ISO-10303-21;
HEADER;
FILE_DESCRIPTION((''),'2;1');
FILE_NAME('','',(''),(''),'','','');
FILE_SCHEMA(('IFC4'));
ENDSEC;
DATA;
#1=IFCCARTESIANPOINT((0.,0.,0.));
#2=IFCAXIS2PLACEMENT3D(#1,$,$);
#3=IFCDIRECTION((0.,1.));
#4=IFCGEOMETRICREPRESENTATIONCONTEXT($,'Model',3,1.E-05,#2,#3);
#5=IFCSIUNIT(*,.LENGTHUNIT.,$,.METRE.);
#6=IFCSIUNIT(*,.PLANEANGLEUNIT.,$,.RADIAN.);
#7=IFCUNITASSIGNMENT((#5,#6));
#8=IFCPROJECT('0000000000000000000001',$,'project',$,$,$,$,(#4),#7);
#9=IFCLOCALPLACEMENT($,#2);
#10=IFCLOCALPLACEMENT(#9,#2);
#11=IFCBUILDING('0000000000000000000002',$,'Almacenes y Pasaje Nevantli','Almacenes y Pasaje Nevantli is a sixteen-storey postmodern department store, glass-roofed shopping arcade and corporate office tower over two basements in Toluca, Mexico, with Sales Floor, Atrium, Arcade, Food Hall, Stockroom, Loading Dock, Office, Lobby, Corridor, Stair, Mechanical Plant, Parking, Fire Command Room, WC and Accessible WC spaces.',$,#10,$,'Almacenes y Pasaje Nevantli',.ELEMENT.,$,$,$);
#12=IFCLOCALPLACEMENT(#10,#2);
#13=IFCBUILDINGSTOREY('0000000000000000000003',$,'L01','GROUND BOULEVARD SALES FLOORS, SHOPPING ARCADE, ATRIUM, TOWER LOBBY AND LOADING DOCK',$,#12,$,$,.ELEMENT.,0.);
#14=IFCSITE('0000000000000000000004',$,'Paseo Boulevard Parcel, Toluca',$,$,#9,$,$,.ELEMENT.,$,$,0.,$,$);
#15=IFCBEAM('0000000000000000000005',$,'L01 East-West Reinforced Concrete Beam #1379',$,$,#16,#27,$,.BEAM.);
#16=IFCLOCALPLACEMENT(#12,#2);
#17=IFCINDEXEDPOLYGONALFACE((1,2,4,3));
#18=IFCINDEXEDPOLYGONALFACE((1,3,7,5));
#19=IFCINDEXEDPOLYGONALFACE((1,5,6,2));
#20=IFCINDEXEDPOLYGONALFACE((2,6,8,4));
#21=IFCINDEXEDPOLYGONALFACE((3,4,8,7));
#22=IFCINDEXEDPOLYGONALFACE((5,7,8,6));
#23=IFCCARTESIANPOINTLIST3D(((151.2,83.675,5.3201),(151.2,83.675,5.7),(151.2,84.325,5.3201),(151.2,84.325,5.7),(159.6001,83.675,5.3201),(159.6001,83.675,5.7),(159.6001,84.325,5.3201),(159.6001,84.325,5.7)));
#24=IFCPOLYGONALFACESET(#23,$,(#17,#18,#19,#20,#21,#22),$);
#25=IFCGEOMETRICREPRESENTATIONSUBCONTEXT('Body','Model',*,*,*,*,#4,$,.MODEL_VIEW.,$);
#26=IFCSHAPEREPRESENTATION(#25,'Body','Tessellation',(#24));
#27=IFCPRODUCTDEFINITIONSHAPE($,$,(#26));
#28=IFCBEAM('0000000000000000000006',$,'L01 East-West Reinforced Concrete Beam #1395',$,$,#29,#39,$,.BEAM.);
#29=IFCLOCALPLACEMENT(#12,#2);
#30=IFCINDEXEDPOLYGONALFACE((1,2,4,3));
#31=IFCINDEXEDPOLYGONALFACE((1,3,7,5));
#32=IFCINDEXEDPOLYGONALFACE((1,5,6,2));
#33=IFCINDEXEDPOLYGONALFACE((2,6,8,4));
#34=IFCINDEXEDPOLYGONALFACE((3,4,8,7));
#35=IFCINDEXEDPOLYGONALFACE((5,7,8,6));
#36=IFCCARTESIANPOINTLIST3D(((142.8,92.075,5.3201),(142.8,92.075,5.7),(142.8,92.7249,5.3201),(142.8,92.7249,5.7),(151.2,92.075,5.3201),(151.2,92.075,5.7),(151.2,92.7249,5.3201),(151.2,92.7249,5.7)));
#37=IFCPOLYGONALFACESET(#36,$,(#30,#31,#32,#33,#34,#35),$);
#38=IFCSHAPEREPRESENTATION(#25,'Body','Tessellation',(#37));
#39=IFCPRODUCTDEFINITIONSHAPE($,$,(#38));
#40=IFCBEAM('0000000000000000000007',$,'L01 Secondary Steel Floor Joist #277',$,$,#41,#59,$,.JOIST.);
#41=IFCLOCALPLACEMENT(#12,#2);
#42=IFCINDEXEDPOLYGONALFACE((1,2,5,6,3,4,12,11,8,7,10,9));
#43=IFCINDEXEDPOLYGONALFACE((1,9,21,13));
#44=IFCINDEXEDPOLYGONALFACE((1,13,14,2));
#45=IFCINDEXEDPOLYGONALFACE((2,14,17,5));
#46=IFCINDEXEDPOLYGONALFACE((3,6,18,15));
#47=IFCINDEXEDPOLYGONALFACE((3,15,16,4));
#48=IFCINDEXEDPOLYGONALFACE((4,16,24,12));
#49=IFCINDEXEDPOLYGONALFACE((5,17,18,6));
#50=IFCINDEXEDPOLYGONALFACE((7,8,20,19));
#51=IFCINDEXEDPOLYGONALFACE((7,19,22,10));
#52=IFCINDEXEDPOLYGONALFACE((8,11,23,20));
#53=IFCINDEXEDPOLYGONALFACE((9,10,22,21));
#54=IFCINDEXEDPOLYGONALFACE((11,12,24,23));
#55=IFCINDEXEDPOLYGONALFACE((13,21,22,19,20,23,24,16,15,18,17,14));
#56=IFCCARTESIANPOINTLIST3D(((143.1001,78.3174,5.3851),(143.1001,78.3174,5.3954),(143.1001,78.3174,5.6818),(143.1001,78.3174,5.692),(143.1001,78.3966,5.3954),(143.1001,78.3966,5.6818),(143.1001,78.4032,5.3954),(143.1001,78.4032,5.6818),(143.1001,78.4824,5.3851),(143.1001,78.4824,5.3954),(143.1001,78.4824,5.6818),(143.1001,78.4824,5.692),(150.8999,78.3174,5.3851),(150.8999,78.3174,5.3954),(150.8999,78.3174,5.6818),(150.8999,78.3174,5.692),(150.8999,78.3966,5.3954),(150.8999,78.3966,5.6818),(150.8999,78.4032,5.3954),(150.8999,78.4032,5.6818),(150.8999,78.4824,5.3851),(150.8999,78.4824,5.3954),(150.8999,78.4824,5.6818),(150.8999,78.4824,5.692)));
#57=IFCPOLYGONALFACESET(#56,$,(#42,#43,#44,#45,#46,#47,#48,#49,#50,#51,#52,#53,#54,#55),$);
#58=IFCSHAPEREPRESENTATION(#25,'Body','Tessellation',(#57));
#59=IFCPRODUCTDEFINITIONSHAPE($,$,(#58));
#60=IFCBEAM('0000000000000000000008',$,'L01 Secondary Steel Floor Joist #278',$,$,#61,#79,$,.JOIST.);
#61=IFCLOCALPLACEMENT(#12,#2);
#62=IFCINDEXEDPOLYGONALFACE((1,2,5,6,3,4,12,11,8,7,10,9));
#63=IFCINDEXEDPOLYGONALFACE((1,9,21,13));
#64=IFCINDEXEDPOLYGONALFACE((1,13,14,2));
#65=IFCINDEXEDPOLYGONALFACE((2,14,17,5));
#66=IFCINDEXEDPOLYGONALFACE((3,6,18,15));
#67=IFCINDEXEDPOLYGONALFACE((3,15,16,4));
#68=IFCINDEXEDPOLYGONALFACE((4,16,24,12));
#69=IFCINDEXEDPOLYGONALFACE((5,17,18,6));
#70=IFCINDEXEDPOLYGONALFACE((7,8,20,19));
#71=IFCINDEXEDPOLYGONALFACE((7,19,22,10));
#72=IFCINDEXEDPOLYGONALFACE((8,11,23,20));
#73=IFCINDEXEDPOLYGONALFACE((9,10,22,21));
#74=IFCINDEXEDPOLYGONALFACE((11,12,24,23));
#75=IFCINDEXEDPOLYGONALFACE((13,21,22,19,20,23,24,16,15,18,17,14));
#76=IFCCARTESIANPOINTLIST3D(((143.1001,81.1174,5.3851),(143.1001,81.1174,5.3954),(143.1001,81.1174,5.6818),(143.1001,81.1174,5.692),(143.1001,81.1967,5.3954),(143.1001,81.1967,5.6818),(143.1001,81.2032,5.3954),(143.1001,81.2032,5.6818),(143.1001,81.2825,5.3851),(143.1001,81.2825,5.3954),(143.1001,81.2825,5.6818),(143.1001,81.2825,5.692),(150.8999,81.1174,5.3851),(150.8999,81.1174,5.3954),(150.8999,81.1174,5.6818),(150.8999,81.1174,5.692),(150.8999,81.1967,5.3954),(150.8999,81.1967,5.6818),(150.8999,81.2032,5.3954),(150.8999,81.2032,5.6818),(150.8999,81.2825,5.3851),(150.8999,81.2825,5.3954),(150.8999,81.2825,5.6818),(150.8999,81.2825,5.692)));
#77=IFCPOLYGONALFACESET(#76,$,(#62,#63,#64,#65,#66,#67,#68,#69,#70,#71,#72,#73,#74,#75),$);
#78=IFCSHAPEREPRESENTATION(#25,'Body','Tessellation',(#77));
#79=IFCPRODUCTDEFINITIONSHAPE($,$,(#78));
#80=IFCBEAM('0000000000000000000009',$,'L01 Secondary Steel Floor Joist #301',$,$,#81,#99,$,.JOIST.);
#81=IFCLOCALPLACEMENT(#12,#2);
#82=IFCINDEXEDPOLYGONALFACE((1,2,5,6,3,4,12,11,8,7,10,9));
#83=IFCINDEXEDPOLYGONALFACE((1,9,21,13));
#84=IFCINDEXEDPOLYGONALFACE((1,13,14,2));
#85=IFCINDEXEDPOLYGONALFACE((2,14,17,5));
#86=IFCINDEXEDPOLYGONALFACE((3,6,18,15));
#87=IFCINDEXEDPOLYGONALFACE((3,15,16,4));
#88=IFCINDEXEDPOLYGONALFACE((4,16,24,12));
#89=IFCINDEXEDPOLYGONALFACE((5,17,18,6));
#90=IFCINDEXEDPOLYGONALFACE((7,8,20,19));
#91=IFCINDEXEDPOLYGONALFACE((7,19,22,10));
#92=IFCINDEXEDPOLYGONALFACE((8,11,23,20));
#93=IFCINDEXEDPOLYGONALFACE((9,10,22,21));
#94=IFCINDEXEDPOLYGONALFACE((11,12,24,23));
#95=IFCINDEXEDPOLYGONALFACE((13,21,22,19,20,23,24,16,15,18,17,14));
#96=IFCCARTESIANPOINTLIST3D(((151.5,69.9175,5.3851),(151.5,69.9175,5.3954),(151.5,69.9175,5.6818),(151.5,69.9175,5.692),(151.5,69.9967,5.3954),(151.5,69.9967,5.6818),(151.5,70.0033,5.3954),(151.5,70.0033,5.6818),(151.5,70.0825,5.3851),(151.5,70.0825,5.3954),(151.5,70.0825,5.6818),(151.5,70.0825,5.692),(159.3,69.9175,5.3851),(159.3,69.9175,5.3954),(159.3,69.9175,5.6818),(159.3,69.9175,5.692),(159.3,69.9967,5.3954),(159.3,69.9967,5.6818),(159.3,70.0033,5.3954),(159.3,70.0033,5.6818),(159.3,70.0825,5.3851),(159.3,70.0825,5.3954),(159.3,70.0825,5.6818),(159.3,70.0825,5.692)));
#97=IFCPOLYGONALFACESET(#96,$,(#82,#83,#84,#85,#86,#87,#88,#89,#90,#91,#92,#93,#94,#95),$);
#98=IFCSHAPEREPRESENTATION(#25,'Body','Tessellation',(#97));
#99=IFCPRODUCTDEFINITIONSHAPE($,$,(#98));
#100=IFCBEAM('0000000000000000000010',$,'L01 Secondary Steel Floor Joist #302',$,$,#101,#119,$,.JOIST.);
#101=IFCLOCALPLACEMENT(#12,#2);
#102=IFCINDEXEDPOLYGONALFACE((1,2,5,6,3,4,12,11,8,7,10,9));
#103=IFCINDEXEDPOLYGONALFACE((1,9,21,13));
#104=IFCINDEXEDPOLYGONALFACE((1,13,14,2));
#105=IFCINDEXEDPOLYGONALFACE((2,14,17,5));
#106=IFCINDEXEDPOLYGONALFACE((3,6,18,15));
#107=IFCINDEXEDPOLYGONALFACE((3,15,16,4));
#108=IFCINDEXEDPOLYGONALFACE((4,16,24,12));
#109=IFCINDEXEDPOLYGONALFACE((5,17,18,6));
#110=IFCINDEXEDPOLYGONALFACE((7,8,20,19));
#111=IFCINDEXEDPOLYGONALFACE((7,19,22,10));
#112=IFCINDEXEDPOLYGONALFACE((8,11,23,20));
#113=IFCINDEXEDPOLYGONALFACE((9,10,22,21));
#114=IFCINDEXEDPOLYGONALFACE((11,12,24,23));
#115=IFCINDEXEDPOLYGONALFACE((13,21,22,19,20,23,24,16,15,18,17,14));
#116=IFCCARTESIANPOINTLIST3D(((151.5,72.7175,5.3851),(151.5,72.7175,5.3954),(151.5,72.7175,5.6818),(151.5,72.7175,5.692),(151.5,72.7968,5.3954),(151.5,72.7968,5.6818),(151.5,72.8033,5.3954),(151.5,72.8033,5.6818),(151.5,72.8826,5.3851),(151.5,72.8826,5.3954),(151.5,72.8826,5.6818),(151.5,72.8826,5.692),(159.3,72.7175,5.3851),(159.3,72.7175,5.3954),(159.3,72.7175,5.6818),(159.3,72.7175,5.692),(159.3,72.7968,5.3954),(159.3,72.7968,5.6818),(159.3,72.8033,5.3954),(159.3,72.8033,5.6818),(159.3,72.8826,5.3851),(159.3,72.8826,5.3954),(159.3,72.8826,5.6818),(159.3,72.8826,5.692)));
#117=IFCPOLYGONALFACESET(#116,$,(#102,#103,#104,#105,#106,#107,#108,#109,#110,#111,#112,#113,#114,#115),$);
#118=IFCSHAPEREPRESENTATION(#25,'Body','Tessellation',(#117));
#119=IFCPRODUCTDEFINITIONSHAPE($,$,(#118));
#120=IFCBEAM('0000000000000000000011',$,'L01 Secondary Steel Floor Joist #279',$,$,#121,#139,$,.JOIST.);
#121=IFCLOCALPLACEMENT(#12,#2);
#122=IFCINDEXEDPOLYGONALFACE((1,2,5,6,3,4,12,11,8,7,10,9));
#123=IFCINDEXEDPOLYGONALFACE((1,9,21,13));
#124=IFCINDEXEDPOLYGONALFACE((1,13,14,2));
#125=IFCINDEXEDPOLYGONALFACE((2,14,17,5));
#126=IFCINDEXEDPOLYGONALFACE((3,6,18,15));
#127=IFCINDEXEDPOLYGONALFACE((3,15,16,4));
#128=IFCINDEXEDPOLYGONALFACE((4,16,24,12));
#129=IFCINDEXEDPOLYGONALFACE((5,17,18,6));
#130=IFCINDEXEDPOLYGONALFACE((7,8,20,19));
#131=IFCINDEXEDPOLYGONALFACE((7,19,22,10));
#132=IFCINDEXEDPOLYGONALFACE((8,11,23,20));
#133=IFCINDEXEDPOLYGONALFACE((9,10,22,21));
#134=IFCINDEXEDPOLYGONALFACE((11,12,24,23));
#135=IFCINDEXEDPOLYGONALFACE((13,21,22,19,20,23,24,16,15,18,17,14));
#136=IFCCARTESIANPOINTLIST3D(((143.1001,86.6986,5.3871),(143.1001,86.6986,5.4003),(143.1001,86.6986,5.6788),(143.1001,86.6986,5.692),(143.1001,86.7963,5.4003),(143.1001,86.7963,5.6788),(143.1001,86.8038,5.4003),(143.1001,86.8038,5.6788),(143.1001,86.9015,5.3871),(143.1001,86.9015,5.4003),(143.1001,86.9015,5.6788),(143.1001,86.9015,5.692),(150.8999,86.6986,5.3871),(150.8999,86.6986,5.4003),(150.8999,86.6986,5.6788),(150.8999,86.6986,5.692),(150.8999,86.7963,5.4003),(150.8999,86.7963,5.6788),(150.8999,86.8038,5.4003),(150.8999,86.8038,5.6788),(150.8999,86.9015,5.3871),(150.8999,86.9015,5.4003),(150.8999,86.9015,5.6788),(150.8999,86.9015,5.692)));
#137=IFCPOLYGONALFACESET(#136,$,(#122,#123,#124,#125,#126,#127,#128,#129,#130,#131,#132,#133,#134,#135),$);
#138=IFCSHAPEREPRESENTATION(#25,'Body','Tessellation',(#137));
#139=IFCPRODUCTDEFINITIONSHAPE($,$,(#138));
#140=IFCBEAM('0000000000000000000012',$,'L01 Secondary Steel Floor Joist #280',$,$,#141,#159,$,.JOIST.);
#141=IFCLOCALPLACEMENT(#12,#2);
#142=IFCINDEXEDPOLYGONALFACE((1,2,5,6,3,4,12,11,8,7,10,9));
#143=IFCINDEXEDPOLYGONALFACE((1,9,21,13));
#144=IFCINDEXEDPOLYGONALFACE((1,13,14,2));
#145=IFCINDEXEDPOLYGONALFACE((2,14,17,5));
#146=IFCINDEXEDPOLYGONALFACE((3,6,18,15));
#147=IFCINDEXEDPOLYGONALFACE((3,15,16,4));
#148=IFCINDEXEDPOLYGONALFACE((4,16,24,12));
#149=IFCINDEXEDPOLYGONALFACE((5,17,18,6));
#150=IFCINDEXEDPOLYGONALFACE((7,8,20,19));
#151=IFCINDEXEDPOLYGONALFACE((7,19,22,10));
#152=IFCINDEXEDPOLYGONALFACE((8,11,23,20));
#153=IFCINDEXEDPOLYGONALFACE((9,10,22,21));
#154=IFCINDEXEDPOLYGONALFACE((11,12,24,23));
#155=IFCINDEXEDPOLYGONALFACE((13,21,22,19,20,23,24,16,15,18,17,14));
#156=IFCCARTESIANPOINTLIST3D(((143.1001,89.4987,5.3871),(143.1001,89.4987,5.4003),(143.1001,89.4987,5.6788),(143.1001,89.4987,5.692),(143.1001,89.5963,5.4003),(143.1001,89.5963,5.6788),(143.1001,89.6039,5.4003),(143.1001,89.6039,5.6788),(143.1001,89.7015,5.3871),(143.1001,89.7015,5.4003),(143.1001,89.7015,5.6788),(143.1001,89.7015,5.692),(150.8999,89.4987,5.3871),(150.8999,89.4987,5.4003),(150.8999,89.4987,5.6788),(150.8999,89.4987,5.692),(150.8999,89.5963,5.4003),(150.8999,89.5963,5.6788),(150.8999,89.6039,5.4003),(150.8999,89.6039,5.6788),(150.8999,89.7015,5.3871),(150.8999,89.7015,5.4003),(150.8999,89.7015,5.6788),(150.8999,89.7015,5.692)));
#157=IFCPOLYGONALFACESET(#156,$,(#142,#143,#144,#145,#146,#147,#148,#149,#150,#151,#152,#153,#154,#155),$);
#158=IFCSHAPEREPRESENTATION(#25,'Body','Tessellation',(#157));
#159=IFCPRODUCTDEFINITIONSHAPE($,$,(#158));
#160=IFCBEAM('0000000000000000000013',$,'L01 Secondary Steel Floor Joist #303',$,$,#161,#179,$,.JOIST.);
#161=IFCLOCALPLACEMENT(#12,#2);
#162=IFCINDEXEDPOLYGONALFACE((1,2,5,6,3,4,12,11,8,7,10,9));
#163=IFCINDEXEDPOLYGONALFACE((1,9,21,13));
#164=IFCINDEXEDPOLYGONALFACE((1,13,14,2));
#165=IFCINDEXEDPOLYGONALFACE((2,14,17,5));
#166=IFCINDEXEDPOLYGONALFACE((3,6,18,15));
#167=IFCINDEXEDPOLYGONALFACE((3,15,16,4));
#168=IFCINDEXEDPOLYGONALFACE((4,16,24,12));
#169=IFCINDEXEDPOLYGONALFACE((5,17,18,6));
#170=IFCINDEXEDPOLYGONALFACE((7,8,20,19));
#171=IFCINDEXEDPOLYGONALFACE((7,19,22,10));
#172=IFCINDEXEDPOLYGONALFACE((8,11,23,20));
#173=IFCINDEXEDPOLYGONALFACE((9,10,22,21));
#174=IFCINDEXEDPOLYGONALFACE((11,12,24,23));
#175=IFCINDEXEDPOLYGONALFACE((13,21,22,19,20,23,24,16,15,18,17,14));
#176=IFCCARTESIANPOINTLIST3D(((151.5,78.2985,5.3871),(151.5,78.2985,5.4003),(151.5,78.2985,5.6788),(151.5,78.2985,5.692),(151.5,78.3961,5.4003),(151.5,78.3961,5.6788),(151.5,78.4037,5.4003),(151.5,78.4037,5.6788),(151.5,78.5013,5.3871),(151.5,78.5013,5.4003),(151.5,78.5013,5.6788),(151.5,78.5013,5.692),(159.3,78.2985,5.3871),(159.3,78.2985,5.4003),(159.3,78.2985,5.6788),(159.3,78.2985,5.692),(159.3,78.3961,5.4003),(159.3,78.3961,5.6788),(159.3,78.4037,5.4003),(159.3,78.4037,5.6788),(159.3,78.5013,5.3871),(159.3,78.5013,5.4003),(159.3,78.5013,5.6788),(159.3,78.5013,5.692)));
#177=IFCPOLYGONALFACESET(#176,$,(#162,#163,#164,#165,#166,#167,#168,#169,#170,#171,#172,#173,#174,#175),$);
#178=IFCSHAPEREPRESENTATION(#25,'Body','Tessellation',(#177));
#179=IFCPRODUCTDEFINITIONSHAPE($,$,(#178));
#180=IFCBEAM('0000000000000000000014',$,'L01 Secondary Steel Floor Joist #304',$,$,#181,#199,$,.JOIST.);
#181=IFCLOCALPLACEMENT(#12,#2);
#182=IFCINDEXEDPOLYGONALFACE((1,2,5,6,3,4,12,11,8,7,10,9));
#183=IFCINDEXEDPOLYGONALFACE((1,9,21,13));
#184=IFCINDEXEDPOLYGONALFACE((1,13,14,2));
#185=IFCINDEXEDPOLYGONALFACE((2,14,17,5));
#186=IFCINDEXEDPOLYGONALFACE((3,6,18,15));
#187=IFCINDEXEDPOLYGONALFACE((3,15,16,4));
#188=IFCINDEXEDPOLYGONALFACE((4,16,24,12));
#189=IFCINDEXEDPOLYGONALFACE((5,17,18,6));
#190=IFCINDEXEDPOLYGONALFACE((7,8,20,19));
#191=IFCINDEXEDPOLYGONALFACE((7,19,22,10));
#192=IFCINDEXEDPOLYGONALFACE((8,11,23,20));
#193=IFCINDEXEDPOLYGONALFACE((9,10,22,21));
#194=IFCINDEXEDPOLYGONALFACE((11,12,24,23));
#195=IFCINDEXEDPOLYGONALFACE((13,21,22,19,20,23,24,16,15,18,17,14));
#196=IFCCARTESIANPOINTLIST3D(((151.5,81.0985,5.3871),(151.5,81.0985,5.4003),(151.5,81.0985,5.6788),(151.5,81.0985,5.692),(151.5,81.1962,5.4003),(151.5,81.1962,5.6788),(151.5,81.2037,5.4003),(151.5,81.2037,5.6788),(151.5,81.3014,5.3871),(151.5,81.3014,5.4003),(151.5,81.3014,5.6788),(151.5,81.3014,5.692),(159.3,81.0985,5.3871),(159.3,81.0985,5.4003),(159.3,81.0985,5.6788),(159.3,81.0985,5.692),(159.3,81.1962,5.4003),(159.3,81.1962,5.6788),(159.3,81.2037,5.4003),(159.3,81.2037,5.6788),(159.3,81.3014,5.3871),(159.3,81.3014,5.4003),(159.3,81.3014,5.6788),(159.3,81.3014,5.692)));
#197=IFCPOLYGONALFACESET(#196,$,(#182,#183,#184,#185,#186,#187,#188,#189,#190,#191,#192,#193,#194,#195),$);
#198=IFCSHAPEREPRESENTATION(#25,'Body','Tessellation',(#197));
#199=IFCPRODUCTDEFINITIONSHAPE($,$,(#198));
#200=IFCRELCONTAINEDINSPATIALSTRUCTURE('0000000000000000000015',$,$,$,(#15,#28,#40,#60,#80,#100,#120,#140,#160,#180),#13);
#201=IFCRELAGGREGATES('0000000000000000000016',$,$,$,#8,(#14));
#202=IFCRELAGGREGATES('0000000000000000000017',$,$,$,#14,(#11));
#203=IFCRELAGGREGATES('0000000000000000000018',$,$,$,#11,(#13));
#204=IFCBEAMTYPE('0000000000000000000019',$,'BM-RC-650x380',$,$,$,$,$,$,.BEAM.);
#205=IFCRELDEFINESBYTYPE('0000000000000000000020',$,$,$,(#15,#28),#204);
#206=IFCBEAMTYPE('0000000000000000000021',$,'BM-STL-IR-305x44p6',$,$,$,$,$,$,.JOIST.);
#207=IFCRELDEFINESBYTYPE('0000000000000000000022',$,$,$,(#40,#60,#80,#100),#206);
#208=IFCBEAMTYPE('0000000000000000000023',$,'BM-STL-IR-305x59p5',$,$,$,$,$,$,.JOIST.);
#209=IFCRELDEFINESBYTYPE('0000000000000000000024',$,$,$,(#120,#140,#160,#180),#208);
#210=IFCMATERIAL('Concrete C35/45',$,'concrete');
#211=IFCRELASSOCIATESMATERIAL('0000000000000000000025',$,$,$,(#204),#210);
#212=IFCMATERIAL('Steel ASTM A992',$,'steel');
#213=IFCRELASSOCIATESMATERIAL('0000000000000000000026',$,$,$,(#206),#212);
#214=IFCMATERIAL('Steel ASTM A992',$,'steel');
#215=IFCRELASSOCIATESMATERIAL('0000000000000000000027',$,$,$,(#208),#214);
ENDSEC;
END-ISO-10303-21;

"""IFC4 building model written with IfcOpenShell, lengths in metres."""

from ifc_helpers import new_model, si_unit, direction, frame, origin, origin_2d, place, context, subcontext, project, spatial, rectangle, i_section, extrude, material, material_profile, profile_set, type_object, element, save


model = new_model("IFC4")

# Units and contexts
model_context = context("Model", 3, precision=1e-05, world=origin(), true_north=direction((0.0, 1.0)))
body_context = subcontext(model_context, "Body", "Model", "MODEL_VIEW")
ifc_project = project(units=[si_unit("LENGTHUNIT", "METRE"), si_unit("PLANEANGLEUNIT", "RADIAN")], contexts=[model_context])

# Site, building, storey
site_placement = place(None, origin())
site = spatial("IfcSite", under=ifc_project, at=site_placement, Name="Paseo Boulevard Parcel, Toluca", CompositionType="ELEMENT", RefElevation=0.0)
building_placement = place(site_placement, origin())
building = spatial("IfcBuilding", under=site, at=building_placement, Name="Almacenes y Pasaje Nevantli", Description="Almacenes y Pasaje Nevantli is a sixteen-storey postmodern department store, glass-roofed shopping arcade and corporate office tower over two basements in Toluca, Mexico, with Sales Floor, Atrium, Arcade, Food Hall, Stockroom, Loading Dock, Office, Lobby, Corridor, Stair, Mechanical Plant, Parking, Fire Command Room, WC and Accessible WC spaces.", LongName="Almacenes y Pasaje Nevantli", CompositionType="ELEMENT")
storey_placement = place(building_placement, origin())
storey = spatial("IfcBuildingStorey", under=building, at=storey_placement, Name="L01", Description="GROUND BOULEVARD SALES FLOORS, SHOPPING ARCADE, ATRIUM, TOWER LOBBY AND LOADING DOCK", CompositionType="ELEMENT", Elevation=0.0)

# Beams
ifc_material_1 = material(Name="Concrete C35/45", Category="concrete")
ifc_material_profile_1 = material_profile(ifc_material_1, rectangle(XDim=0.6499, YDim=0.3799, at=origin_2d()), Name="RC-BM-650x380")
ifc_profile_set_1 = profile_set([ifc_material_profile_1], Name="Concrete C35/45")
beam_type_1 = type_object("IfcBeamType", Name="BM-RC-650x380", PredefinedType="BEAM", material=ifc_profile_set_1)
for number, where, z_axis, x_axis, name in (
    (1, (151.2, 84.0, 5.51), (1.0, 0.0, 0.0), (0.0, 1.0, 0.0), "L01 East-West Reinforced Concrete Beam #1379"),
):
    element("IfcBeam", number, at=place(storey_placement, frame(where, z_axis=z_axis, x_axis=x_axis)), inside=storey, type_object=beam_type_1, Name=name, PredefinedType="BEAM", context=body_context, shape_type="SweptSolid", body=[
        extrude(rectangle(XDim=0.6499, YDim=0.3799, at=origin_2d()), origin(), (0.0, 0.0, 1.0), 8.4001),
    ])
beam_1_placement = place(storey_placement, frame((142.8, 92.3999, 5.51), z_axis=(1.0, 0.0, 0.0), x_axis=(0.0, 1.0, 0.0)))
element("IfcBeam", 2, at=beam_1_placement, inside=storey, type_object=beam_type_1, Name="L01 East-West Reinforced Concrete Beam #1395", PredefinedType="BEAM", context=body_context, shape_type="SweptSolid", body=[
    extrude(rectangle(XDim=0.6499, YDim=0.3799, at=origin_2d()), origin(), (0.0, 0.0, 1.0), 8.3999),
])
ifc_material_2 = material(Name="Steel ASTM A992", Category="steel")
ifc_material_profile_2 = material_profile(ifc_material_2, i_section(OverallWidth=0.165, OverallDepth=0.3069, WebThickness=0.0066, FlangeThickness=0.0103, at=origin_2d()), Name="IR 305x44.6")
ifc_profile_set_2 = profile_set([ifc_material_profile_2], Name="Steel ASTM A992")
beam_type_2 = type_object("IfcBeamType", Name="BM-STL-IR-305x44p6", PredefinedType="JOIST", material=ifc_profile_set_2)
for number, where, z_axis, x_axis, name in (
    (3, (143.1001, 78.3999, 5.5386), (1.0, 0.0, 0.0), (0.0, 1.0, 0.0), "L01 Secondary Steel Floor Joist #277"),
    (4, (143.1001, 81.2, 5.5386), (1.0, 0.0, 0.0), (0.0, 1.0, 0.0), "L01 Secondary Steel Floor Joist #278"),
):
    element("IfcBeam", number, at=place(storey_placement, frame(where, z_axis=z_axis, x_axis=x_axis)), inside=storey, type_object=beam_type_2, Name=name, PredefinedType="JOIST", context=body_context, shape_type="SweptSolid", body=[
        extrude(i_section(OverallWidth=0.165, OverallDepth=0.3069, WebThickness=0.0066, FlangeThickness=0.0103, at=origin_2d()), origin(), (0.0, 0.0, 1.0), 7.7998),
    ])
for number, where, z_axis, x_axis, name in (
    (5, (151.5, 70.0, 5.5386), (1.0, 0.0, 0.0), (0.0, 1.0, 0.0), "L01 Secondary Steel Floor Joist #301"),
    (6, (151.5, 72.8, 5.5386), (1.0, 0.0, 0.0), (0.0, 1.0, 0.0), "L01 Secondary Steel Floor Joist #302"),
):
    element("IfcBeam", number, at=place(storey_placement, frame(where, z_axis=z_axis, x_axis=x_axis)), inside=storey, type_object=beam_type_2, Name=name, PredefinedType="JOIST", context=body_context, shape_type="SweptSolid", body=[
        extrude(i_section(OverallWidth=0.165, OverallDepth=0.3069, WebThickness=0.0066, FlangeThickness=0.0103, at=origin_2d()), origin(), (0.0, 0.0, 1.0), 7.8),
    ])
ifc_material_3 = material(Name="Steel ASTM A992", Category="steel")
ifc_material_profile_3 = material_profile(ifc_material_3, i_section(OverallWidth=0.2029, OverallDepth=0.3049, WebThickness=0.0076, FlangeThickness=0.0132, at=origin_2d()), Name="IR 305x59.5")
ifc_profile_set_3 = profile_set([ifc_material_profile_3], Name="Steel ASTM A992")
beam_type_3 = type_object("IfcBeamType", Name="BM-STL-IR-305x59p5", PredefinedType="JOIST", material=ifc_profile_set_3)
for number, where, z_axis, x_axis, name in (
    (7, (143.1001, 86.8, 5.5396), (1.0, 0.0, 0.0), (0.0, 1.0, 0.0), "L01 Secondary Steel Floor Joist #279"),
    (8, (143.1001, 89.6001, 5.5396), (1.0, 0.0, 0.0), (0.0, 1.0, 0.0), "L01 Secondary Steel Floor Joist #280"),
):
    element("IfcBeam", number, at=place(storey_placement, frame(where, z_axis=z_axis, x_axis=x_axis)), inside=storey, type_object=beam_type_3, Name=name, PredefinedType="JOIST", context=body_context, shape_type="SweptSolid", body=[
        extrude(i_section(OverallWidth=0.2029, OverallDepth=0.3049, WebThickness=0.0076, FlangeThickness=0.0132, at=origin_2d()), origin(), (0.0, 0.0, 1.0), 7.7998),
    ])
for number, where, z_axis, x_axis, name in (
    (9, (151.5, 78.3999, 5.5396), (1.0, 0.0, 0.0), (0.0, 1.0, 0.0), "L01 Secondary Steel Floor Joist #303"),
    (10, (151.5, 81.2, 5.5396), (1.0, 0.0, 0.0), (0.0, 1.0, 0.0), "L01 Secondary Steel Floor Joist #304"),
):
    element("IfcBeam", number, at=place(storey_placement, frame(where, z_axis=z_axis, x_axis=x_axis)), inside=storey, type_object=beam_type_3, Name=name, PredefinedType="JOIST", context=body_context, shape_type="SweptSolid", body=[
        extrude(i_section(OverallWidth=0.2029, OverallDepth=0.3049, WebThickness=0.0076, FlangeThickness=0.0132, at=origin_2d()), origin(), (0.0, 0.0, 1.0), 7.8),
    ])

save(model, "model.ifc")
